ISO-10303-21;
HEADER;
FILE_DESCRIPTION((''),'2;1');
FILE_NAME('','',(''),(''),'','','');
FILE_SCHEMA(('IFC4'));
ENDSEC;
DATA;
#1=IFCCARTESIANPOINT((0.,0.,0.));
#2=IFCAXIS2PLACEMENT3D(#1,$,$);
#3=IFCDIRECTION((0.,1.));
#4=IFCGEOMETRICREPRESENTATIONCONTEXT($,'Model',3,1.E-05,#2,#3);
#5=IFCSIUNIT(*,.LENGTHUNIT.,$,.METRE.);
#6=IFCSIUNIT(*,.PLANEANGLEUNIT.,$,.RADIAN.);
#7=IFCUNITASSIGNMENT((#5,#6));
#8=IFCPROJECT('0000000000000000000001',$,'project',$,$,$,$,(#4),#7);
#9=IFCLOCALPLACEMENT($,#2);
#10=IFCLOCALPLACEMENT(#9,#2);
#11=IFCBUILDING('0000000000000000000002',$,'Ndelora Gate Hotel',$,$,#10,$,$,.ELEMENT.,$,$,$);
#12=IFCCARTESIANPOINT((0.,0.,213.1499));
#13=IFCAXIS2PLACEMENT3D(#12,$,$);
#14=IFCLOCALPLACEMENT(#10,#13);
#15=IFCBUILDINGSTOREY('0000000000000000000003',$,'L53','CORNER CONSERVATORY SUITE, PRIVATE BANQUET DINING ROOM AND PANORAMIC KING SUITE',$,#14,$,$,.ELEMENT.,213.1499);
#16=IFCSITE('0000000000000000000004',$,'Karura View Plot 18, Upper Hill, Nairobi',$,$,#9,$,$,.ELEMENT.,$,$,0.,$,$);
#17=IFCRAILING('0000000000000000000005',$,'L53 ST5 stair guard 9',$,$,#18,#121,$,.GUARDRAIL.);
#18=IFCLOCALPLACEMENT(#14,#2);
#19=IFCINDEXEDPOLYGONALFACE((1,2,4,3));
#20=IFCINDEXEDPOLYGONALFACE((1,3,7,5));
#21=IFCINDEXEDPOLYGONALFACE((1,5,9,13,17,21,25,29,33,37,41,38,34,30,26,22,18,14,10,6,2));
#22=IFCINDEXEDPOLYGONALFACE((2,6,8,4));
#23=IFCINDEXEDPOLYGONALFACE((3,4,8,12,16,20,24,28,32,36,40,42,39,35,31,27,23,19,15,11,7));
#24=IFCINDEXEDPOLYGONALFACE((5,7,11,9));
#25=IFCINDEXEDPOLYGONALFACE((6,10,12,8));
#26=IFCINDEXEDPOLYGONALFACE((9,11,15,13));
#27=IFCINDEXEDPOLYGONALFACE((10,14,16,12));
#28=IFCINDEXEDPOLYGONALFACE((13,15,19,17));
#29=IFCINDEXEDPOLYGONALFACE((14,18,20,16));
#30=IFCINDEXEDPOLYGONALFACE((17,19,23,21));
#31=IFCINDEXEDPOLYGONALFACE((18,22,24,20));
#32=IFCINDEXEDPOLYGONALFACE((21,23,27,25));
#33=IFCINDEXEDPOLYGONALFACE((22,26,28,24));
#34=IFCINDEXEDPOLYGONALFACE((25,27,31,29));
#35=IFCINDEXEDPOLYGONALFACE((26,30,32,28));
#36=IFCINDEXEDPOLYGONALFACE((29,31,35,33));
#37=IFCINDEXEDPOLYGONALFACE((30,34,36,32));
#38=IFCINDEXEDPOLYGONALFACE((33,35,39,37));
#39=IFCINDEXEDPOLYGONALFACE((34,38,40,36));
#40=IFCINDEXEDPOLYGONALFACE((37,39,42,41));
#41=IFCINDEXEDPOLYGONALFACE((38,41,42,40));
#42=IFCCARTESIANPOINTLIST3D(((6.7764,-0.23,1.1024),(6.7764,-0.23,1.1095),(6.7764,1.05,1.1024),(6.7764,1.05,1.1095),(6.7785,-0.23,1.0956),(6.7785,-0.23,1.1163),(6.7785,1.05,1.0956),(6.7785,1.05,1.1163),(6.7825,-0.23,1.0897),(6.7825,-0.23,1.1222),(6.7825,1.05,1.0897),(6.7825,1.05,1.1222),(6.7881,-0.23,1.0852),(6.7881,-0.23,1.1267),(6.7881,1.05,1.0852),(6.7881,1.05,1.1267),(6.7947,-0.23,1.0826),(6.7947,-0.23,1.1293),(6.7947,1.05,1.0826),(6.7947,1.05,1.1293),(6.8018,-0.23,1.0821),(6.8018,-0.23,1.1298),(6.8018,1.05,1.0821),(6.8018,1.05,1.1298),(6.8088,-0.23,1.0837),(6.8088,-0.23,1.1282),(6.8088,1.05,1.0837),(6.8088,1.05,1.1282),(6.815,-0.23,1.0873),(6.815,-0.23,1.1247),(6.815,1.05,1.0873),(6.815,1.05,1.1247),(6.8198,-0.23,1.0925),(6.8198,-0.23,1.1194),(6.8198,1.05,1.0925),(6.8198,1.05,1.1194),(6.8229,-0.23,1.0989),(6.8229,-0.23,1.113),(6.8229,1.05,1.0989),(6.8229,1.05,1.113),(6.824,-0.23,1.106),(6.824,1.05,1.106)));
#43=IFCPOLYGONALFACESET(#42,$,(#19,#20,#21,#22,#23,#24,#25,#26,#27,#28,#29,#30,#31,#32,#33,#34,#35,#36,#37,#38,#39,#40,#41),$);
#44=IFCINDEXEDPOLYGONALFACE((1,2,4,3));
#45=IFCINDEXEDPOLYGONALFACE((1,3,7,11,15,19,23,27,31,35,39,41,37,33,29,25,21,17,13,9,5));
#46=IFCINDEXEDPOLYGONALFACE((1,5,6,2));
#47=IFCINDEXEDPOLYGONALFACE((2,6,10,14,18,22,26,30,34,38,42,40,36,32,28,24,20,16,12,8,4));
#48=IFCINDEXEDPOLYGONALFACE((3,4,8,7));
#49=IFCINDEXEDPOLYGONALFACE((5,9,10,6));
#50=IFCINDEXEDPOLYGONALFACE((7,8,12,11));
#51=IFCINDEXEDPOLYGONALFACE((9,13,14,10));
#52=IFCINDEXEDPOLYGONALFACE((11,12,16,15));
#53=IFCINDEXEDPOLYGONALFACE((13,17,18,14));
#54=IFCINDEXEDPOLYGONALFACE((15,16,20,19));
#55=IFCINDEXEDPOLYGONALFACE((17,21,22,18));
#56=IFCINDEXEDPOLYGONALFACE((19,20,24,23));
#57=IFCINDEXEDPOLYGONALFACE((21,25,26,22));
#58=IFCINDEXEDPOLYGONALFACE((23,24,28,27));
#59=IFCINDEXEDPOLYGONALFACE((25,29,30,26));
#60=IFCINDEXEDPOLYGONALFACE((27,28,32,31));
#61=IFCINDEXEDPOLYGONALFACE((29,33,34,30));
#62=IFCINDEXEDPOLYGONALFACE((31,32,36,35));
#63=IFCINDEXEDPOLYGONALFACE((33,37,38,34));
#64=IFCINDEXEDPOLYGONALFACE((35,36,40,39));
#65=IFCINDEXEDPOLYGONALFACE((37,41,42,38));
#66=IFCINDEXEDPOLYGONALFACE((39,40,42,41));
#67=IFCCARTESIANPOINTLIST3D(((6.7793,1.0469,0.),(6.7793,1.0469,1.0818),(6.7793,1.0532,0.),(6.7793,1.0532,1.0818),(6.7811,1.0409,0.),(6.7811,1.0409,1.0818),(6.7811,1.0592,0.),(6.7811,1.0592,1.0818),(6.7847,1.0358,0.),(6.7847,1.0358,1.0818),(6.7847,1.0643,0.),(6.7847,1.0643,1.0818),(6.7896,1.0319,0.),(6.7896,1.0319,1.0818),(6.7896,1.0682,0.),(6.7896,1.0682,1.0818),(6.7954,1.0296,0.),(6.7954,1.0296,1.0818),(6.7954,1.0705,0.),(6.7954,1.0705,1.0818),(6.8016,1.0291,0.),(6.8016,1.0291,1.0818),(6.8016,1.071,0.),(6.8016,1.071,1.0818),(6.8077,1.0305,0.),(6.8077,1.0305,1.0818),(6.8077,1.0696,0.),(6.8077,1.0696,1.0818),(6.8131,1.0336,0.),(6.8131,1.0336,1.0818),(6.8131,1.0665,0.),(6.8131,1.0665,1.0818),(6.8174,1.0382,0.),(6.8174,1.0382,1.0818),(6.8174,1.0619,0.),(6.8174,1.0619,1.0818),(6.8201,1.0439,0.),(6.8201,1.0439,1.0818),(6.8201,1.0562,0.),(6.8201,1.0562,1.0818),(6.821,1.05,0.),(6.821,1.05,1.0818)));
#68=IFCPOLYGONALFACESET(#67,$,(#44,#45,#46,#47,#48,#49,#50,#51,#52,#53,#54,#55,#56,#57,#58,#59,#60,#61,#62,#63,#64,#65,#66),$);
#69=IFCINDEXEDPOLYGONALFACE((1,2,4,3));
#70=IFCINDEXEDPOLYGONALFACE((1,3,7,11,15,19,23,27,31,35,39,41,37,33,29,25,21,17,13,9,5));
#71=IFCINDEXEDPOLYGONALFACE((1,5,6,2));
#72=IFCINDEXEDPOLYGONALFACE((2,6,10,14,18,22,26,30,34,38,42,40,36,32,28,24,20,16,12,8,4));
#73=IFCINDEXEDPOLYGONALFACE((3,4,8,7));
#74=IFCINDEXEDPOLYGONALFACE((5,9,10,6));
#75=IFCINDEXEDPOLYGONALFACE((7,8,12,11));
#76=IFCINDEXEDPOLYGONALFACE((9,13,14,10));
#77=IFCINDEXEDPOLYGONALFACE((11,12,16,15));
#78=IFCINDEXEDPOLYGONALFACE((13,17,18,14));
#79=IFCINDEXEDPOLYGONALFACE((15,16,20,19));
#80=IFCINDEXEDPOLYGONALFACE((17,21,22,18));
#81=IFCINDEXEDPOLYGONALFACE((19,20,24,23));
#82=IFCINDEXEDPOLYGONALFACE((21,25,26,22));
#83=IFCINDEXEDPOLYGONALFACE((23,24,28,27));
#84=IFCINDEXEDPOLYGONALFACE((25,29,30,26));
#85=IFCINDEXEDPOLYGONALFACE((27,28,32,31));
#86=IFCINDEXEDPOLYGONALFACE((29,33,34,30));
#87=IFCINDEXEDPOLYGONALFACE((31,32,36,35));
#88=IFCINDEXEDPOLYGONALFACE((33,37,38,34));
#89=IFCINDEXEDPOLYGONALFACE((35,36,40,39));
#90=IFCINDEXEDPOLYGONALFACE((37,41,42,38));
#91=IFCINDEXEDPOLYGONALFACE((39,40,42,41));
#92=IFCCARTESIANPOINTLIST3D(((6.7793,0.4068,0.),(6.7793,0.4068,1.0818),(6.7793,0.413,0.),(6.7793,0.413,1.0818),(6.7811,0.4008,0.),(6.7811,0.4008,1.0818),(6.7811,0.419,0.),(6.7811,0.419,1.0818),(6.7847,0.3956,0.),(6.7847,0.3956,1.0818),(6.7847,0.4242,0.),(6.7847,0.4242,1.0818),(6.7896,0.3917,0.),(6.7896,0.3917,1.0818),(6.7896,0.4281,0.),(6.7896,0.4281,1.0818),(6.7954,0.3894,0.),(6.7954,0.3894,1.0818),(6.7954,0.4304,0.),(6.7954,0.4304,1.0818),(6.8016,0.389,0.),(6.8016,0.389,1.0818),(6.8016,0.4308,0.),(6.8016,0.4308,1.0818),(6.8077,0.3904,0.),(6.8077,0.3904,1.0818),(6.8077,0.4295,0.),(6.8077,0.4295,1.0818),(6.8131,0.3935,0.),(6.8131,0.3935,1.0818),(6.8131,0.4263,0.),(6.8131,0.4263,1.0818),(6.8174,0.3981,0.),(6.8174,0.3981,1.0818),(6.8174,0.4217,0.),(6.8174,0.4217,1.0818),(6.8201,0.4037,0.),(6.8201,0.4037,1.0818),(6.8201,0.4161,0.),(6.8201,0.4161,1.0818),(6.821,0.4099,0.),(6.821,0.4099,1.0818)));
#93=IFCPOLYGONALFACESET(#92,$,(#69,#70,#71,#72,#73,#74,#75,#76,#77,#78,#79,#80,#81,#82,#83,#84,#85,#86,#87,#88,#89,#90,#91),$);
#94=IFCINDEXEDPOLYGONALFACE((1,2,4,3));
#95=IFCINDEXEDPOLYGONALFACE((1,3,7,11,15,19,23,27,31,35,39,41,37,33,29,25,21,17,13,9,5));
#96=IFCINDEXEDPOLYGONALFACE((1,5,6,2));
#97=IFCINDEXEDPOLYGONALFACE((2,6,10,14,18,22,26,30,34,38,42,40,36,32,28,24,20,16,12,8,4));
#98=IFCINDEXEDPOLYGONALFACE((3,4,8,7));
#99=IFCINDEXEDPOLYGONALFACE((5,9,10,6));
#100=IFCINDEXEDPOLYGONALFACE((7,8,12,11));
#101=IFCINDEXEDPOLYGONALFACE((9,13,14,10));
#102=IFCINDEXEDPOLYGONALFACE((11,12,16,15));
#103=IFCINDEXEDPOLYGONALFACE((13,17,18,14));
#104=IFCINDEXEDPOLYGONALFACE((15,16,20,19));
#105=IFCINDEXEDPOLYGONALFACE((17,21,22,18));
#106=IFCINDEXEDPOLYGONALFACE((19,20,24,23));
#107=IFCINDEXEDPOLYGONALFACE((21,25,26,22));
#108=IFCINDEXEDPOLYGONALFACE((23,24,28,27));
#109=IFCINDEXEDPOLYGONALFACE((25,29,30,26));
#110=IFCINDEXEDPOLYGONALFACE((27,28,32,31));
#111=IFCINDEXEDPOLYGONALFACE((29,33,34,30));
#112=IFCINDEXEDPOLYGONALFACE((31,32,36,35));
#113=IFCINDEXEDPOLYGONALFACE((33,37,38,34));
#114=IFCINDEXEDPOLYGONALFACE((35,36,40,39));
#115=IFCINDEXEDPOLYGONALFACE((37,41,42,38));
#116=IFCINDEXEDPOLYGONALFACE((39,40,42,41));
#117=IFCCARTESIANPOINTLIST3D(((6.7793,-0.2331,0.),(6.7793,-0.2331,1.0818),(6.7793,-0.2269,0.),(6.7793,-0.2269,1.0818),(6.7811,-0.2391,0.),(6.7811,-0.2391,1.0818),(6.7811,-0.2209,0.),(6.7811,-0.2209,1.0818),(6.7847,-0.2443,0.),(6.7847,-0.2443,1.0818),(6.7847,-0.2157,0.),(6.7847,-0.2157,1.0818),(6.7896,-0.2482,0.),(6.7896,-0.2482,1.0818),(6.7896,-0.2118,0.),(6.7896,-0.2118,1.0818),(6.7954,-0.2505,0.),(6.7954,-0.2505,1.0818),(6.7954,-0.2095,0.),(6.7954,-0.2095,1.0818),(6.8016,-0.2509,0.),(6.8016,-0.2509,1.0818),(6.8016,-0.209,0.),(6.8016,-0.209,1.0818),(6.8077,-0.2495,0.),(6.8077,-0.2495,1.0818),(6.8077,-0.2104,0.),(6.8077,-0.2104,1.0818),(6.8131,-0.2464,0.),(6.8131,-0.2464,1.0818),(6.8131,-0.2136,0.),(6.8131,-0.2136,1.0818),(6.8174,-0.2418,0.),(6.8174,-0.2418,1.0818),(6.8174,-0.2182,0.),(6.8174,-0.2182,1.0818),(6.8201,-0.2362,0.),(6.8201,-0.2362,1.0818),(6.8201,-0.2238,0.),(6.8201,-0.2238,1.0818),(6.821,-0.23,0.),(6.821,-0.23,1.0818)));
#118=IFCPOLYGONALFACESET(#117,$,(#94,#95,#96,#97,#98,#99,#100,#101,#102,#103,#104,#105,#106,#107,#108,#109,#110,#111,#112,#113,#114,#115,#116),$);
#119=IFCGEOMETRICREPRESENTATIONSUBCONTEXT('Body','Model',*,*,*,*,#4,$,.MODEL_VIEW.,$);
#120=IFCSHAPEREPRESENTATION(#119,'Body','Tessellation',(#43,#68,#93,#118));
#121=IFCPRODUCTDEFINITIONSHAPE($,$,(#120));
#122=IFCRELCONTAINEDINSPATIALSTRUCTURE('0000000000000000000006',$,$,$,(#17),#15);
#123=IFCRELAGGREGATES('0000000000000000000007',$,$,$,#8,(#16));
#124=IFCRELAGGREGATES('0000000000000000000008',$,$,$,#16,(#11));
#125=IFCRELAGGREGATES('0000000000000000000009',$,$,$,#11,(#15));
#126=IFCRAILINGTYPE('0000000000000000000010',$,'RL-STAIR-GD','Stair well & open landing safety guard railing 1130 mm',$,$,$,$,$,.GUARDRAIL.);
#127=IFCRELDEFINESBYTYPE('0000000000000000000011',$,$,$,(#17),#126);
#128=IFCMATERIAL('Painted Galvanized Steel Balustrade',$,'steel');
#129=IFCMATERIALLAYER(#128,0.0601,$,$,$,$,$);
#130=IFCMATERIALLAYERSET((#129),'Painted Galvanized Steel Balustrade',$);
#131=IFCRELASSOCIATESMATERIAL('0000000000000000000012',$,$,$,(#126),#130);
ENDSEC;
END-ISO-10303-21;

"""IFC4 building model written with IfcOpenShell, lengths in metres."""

from ifc_helpers import new_model, si_unit, direction, frame, origin, origin_2d, place, context, subcontext, project, spatial, circle, extrude, material, layer, layer_set, type_object, element, save


model = new_model("IFC4")

# Units and contexts
model_context = context("Model", 3, precision=1e-05, world=origin(), true_north=direction((0.0, 1.0)))
body_context = subcontext(model_context, "Body", "Model", "MODEL_VIEW")
ifc_project = project(units=[si_unit("LENGTHUNIT", "METRE"), si_unit("PLANEANGLEUNIT", "RADIAN")], contexts=[model_context])

# Site, building, storey
site_placement = place(None, origin())
site = spatial("IfcSite", under=ifc_project, at=site_placement, Name="Karura View Plot 18, Upper Hill, Nairobi", CompositionType="ELEMENT", RefElevation=0.0)
building_placement = place(site_placement, origin())
building = spatial("IfcBuilding", under=site, at=building_placement, Name="Ndelora Gate Hotel", CompositionType="ELEMENT")
storey_placement = place(building_placement, frame((0.0, 0.0, 213.1499)))
storey = spatial("IfcBuildingStorey", under=building, at=storey_placement, Name="L53", Description="CORNER CONSERVATORY SUITE, PRIVATE BANQUET DINING ROOM AND PANORAMIC KING SUITE", CompositionType="ELEMENT", Elevation=213.1499)

# Railing
ifc_material_1 = material(Name="Painted Galvanized Steel Balustrade", Category="steel")
ifc_layer_1 = layer(ifc_material_1, 0.0601)
ifc_layer_set_1 = layer_set([ifc_layer_1], Name="Painted Galvanized Steel Balustrade")
railing_type_1 = type_object("IfcRailingType", Name="RL-STAIR-GD", Description="Stair well & open landing safety guard railing 1130 mm", PredefinedType="GUARDRAIL", material=ifc_layer_set_1)
for number, where, name in (
    (1, (6.8, 1.05, 0.0), "L53 ST5 stair guard 9"),
):
    element("IfcRailing", number, at=place(storey_placement, frame(where)), inside=storey, type_object=railing_type_1, Name=name, PredefinedType="GUARDRAIL", context=body_context, shape_type="SweptSolid", body=[
        extrude(circle(Radius=0.0239, at=origin_2d()), frame((0.0, 0.0, 1.106), z_axis=(0.0, -1.0, 0.0), x_axis=(1.0, 0.0, 0.0)), (0.0, 0.0, 1.0), 1.28),
        extrude(circle(Radius=0.021, at=origin_2d()), origin(), (0.0, 0.0, 1.0), 1.0818),
        extrude(circle(Radius=0.021, at=origin_2d()), frame((0.0, -0.6401, 0.0)), (0.0, 0.0, 1.0), 1.0818),
        extrude(circle(Radius=0.021, at=origin_2d()), frame((0.0, -1.28, 0.0)), (0.0, 0.0, 1.0), 1.0818),
    ])

save(model, "model.ifc")
